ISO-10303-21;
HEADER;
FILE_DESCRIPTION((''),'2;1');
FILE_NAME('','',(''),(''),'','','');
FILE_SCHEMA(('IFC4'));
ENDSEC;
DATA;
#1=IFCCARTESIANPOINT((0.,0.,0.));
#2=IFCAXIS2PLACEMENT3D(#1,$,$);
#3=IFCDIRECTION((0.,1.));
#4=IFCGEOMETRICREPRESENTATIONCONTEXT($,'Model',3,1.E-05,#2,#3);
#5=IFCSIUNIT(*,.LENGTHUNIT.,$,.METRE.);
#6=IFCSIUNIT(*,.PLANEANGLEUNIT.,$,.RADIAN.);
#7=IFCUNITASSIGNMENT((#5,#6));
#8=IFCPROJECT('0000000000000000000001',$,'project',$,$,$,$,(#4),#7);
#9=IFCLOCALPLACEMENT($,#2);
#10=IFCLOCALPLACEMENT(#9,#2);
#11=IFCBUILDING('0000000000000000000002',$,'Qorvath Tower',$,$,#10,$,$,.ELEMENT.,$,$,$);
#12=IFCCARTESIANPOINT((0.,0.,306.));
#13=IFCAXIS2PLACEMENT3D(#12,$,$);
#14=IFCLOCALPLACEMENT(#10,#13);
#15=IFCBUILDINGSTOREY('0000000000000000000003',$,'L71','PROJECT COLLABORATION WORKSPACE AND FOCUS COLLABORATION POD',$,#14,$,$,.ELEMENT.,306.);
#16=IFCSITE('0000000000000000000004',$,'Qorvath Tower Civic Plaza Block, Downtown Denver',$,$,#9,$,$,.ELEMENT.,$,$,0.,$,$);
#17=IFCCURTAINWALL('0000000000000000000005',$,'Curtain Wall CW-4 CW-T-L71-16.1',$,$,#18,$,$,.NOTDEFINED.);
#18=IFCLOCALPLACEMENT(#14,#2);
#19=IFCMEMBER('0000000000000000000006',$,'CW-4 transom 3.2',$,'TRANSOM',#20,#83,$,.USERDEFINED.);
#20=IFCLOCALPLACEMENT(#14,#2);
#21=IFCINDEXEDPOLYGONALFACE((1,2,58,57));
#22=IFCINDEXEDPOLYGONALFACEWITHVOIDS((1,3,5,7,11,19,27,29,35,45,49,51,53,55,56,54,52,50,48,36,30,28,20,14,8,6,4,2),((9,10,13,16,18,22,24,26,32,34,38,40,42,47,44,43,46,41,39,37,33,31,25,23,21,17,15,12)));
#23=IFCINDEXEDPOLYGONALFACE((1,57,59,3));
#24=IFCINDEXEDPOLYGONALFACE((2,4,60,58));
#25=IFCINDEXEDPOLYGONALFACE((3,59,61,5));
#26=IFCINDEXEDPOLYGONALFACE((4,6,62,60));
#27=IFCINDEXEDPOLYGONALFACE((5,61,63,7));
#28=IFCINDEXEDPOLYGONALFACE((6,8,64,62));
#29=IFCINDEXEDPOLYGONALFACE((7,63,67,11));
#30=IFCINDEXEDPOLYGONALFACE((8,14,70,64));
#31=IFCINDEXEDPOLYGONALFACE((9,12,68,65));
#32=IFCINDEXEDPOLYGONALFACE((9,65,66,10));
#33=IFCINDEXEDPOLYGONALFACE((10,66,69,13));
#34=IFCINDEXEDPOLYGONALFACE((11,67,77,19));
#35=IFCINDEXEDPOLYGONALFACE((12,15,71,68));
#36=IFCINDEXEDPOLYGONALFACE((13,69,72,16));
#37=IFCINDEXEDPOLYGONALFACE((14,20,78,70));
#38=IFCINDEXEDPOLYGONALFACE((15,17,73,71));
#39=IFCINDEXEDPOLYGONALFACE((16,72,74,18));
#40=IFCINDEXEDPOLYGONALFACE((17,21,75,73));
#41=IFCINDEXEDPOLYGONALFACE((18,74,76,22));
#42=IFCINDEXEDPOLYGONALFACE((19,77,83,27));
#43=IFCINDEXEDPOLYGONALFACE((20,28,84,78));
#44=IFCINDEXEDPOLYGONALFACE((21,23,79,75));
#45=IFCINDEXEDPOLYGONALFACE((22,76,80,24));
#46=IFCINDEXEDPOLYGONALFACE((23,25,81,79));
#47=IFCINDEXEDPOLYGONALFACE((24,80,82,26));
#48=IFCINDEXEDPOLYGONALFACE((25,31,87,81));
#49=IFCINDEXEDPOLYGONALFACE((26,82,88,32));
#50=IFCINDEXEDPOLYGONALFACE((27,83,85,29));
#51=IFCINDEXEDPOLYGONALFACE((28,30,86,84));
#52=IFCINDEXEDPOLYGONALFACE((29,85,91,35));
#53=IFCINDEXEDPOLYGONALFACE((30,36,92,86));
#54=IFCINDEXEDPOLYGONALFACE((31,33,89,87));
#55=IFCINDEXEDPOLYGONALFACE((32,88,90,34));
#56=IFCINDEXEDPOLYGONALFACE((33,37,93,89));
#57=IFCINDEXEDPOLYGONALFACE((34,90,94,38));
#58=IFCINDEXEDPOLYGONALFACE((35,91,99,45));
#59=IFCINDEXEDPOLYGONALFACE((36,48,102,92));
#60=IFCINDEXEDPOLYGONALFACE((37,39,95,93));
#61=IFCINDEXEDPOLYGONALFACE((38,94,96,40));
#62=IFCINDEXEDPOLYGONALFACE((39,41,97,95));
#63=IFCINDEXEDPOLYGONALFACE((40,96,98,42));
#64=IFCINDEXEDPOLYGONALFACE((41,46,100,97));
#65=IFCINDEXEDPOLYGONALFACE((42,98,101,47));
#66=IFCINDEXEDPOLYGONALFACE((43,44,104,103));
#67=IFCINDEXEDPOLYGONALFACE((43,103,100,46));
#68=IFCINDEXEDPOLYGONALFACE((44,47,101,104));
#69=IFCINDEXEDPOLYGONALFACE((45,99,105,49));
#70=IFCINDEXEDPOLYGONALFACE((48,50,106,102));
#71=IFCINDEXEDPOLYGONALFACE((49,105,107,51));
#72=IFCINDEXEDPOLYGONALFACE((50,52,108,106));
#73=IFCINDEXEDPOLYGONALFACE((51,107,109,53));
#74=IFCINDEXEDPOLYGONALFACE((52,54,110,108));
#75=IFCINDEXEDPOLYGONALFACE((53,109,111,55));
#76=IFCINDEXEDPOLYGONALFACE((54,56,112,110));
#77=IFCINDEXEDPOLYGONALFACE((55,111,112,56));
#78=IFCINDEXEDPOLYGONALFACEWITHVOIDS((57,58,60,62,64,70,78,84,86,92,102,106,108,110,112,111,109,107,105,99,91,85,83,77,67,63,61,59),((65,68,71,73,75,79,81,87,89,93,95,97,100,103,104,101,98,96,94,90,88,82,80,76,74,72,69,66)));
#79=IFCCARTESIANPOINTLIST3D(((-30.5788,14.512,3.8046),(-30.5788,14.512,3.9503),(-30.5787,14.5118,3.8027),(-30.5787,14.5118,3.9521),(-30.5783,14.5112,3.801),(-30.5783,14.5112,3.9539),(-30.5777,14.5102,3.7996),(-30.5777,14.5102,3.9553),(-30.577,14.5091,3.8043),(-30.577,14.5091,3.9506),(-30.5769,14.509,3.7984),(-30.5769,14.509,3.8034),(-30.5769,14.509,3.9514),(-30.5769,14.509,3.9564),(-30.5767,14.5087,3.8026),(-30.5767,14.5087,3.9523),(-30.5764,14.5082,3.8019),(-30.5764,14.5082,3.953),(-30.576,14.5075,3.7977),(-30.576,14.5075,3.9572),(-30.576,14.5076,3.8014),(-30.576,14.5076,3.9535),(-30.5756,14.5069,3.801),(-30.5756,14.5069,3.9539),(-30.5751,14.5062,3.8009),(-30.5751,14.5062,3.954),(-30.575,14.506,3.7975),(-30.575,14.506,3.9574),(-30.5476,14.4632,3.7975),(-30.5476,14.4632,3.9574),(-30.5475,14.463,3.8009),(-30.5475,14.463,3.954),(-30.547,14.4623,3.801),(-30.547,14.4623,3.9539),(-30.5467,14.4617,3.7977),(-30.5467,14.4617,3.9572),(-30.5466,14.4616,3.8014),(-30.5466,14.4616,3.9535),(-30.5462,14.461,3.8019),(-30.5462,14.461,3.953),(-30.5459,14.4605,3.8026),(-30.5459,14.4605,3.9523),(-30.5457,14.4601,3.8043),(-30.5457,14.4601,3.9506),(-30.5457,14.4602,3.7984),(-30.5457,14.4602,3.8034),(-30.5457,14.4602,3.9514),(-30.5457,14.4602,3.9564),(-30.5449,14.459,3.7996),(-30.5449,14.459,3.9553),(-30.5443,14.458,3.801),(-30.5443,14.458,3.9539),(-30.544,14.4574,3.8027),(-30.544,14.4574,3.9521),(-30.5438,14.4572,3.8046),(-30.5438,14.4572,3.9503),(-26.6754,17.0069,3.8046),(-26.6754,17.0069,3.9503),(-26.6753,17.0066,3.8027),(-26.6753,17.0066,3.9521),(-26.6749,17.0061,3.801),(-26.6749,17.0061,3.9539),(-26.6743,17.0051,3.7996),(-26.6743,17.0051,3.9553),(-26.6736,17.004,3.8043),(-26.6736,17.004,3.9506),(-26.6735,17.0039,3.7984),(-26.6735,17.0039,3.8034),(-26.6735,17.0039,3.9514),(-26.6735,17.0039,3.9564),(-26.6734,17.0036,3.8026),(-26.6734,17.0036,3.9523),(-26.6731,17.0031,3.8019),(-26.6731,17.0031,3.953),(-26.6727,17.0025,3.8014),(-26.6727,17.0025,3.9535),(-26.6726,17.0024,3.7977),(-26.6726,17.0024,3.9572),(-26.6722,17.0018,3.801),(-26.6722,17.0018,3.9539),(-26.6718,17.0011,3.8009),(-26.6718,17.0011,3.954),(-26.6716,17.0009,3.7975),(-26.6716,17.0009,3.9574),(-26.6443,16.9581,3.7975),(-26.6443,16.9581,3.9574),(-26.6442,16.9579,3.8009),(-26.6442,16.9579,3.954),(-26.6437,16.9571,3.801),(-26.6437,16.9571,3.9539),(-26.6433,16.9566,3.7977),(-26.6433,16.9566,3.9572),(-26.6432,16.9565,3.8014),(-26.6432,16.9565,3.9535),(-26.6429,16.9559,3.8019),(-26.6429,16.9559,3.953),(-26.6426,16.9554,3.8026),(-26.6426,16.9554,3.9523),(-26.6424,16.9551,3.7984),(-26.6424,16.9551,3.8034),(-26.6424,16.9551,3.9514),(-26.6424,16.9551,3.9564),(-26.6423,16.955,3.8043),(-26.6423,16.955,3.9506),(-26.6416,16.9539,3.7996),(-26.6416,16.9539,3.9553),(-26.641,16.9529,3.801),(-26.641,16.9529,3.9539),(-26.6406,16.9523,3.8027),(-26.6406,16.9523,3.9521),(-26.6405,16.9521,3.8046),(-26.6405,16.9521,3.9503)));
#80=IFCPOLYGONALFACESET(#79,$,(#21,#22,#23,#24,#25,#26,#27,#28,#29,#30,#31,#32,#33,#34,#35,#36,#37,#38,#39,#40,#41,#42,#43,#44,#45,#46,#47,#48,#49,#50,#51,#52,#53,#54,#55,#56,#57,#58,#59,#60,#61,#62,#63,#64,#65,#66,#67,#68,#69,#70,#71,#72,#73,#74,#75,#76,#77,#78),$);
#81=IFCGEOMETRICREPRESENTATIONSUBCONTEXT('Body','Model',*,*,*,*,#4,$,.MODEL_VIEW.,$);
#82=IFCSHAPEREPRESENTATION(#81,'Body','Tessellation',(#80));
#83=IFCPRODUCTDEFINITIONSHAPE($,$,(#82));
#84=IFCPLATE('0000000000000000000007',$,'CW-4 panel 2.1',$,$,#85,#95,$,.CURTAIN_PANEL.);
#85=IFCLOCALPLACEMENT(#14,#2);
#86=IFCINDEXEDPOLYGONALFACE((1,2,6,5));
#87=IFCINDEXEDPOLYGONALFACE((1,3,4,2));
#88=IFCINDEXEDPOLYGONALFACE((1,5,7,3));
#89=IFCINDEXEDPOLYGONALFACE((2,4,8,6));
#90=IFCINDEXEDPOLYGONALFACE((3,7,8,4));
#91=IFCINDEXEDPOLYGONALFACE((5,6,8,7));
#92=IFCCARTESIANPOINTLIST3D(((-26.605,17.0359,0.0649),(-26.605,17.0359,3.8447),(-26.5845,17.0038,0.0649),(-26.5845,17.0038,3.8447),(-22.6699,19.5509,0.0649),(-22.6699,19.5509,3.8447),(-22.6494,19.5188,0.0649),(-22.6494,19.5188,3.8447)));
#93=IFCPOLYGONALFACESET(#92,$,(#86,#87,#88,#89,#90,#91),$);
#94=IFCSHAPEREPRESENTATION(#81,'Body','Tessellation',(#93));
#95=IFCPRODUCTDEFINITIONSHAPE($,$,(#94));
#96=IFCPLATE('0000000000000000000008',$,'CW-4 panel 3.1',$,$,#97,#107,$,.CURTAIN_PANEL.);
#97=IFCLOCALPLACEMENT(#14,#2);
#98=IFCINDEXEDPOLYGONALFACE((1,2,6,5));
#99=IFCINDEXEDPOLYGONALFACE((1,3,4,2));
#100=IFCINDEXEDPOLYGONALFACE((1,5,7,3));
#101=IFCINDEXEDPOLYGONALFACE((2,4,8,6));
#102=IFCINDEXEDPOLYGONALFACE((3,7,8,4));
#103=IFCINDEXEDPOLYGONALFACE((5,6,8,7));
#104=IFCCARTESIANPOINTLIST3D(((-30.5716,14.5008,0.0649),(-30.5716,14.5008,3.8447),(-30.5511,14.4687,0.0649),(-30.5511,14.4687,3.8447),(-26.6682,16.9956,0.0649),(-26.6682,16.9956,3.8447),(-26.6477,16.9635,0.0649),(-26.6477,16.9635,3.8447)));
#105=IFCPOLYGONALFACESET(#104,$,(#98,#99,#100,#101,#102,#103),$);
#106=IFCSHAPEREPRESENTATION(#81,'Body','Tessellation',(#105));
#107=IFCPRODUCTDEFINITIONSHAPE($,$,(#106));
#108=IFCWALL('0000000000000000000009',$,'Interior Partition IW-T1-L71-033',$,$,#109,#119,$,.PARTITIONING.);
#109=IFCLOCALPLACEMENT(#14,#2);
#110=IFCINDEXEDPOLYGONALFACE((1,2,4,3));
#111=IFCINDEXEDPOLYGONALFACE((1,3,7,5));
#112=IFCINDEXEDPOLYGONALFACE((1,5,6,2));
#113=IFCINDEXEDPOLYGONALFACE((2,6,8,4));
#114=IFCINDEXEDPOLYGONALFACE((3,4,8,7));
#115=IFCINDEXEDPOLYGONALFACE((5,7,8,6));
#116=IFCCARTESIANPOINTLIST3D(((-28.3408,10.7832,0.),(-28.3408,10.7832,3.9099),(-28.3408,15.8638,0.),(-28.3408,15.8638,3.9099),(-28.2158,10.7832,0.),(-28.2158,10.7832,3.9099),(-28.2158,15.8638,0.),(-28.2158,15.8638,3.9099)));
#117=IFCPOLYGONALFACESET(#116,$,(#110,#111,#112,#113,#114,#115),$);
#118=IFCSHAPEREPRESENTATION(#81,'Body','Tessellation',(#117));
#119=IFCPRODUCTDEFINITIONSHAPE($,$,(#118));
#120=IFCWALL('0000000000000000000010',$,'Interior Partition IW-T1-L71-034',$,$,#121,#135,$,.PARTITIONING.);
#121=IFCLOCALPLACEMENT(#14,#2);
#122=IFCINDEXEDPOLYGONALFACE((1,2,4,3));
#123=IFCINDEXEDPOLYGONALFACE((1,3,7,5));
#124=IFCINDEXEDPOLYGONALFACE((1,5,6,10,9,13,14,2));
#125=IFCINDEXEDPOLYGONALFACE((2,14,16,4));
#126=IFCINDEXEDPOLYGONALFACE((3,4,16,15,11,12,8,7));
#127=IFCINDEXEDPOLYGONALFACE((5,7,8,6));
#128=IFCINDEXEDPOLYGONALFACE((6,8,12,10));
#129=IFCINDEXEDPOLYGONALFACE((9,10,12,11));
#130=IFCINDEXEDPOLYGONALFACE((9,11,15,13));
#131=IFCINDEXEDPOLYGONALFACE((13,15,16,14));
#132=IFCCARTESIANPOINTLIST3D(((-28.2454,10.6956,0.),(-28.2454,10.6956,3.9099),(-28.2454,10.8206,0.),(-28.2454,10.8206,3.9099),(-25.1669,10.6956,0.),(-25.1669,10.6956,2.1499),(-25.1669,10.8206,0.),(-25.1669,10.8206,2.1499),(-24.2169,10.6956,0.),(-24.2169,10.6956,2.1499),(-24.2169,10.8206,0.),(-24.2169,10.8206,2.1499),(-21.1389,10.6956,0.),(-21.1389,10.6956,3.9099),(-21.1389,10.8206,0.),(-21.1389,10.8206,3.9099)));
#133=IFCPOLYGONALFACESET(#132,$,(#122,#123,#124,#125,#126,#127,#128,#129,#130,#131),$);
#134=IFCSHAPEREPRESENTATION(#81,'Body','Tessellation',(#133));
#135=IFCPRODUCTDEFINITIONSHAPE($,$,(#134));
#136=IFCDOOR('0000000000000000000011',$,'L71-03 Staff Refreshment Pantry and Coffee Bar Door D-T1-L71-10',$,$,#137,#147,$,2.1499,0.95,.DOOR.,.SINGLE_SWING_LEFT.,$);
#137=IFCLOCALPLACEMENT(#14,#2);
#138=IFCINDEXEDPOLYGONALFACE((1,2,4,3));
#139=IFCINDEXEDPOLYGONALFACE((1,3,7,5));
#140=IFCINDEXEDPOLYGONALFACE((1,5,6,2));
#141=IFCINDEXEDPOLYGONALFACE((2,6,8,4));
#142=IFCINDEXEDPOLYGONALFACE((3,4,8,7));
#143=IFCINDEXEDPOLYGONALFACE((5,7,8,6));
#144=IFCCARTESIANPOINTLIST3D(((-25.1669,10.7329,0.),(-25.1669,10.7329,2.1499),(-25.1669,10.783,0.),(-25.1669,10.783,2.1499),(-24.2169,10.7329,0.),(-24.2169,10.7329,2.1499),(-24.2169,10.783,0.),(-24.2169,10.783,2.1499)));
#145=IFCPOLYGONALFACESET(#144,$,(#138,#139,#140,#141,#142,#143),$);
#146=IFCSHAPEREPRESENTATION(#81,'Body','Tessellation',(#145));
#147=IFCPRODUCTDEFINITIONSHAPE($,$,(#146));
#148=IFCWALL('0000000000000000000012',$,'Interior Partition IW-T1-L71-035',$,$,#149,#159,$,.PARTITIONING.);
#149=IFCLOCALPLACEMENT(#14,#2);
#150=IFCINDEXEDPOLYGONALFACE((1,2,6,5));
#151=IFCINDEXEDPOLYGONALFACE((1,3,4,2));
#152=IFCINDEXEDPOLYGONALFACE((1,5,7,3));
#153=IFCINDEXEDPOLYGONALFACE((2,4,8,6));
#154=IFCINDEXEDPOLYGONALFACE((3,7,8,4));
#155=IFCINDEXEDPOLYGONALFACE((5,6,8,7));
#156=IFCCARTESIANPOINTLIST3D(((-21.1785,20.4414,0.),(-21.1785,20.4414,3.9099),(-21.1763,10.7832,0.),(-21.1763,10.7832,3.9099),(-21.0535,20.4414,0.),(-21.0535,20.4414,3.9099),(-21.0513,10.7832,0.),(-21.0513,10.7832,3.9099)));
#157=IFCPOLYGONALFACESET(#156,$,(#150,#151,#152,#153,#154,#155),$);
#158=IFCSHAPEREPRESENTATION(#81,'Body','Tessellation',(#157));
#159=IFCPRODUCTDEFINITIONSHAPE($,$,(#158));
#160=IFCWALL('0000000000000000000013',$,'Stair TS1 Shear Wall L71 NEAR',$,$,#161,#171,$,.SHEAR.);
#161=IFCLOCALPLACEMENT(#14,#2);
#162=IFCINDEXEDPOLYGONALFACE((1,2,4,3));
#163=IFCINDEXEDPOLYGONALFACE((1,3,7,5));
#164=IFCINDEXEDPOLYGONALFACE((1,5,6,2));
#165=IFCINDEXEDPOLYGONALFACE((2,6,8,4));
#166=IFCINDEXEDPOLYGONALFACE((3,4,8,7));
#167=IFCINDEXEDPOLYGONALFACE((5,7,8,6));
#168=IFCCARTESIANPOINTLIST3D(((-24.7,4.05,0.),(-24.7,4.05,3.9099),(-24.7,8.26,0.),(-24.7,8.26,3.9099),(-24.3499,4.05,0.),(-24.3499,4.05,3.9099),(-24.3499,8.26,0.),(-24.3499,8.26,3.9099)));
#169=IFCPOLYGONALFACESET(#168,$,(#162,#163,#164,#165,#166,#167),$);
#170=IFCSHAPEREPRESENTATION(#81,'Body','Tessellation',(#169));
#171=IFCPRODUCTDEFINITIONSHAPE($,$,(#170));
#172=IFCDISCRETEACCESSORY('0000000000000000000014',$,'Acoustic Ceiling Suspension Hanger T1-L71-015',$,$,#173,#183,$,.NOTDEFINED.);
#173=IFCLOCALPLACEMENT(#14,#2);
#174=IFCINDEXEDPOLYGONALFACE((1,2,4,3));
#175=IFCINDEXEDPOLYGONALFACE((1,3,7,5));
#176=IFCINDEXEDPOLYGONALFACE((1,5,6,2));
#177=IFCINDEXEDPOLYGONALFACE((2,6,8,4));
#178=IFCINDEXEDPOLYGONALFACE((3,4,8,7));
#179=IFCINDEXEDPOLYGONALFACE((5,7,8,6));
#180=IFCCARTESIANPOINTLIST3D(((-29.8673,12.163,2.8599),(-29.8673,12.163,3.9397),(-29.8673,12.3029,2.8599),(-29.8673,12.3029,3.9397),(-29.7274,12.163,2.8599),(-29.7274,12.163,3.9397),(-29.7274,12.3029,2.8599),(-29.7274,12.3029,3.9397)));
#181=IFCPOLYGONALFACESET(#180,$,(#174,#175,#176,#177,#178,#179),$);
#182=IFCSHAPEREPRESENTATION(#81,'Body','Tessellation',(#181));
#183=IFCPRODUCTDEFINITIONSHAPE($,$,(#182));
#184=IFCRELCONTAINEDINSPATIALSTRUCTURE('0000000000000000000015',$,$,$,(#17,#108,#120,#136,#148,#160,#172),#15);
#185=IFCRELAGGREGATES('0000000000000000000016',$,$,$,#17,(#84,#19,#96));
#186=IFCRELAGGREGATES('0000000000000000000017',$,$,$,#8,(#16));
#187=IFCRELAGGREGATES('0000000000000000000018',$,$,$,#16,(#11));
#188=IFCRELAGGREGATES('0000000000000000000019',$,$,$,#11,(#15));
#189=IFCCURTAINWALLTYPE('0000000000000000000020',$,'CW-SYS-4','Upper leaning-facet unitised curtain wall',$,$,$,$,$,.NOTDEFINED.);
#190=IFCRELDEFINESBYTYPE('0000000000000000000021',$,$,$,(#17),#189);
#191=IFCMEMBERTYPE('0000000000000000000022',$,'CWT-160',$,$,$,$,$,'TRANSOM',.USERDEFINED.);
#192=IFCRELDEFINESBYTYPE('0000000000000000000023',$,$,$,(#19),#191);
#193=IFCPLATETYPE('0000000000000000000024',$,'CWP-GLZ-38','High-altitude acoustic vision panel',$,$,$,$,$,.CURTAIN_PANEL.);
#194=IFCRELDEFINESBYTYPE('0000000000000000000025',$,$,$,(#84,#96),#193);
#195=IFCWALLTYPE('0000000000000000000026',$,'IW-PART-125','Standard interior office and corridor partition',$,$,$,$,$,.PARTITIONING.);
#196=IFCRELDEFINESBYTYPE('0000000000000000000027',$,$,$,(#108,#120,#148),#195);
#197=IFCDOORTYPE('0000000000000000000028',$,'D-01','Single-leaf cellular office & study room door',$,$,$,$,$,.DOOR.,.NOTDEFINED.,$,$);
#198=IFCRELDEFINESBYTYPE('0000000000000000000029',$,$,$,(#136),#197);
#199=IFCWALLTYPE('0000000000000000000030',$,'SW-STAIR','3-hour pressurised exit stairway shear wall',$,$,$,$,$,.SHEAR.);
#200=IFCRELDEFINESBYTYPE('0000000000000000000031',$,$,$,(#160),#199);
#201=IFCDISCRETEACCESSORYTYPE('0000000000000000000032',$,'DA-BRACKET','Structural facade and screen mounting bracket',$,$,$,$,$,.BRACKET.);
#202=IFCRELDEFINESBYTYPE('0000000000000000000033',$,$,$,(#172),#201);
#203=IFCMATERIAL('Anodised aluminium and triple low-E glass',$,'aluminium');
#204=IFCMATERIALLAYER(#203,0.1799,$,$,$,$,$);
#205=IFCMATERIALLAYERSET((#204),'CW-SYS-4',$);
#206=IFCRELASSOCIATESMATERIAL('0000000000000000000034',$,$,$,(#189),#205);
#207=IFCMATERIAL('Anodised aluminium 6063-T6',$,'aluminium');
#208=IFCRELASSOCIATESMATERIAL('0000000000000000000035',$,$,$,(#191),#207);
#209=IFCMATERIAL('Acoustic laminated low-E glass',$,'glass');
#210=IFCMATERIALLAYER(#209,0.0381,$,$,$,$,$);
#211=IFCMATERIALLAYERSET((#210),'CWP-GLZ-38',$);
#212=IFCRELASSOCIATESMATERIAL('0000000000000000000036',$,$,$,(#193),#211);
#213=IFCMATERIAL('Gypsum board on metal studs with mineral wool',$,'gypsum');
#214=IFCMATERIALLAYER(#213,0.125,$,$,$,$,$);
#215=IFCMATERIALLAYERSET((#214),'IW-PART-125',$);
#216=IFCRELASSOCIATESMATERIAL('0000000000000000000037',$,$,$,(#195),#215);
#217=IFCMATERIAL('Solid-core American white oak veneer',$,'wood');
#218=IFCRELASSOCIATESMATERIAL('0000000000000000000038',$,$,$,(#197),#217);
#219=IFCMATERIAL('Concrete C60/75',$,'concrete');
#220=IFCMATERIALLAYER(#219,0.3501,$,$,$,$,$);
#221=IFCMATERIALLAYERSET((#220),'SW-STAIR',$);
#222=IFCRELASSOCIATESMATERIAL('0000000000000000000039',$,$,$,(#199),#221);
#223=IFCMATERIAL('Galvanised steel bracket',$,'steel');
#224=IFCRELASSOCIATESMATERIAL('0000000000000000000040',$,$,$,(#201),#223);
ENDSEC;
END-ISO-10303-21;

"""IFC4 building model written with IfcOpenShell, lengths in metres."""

from ifc_helpers import new_model, si_unit, direction, frame, frame_2d, origin, origin_2d, place, context, subcontext, project, spatial, rectangle, hollow_rectangle, extrude, material, layer, layer_set, material_profile, profile_set, type_object, element, fill, aggregate, save


model = new_model("IFC4")

# Units and contexts
model_context = context("Model", 3, precision=1e-05, world=origin(), true_north=direction((0.0, 1.0)))
body_context = subcontext(model_context, "Body", "Model", "MODEL_VIEW")
ifc_project = project(units=[si_unit("LENGTHUNIT", "METRE"), si_unit("PLANEANGLEUNIT", "RADIAN")], contexts=[model_context])

# Site, building, storey
site_placement = place(None, origin())
site = spatial("IfcSite", under=ifc_project, at=site_placement, Name="Qorvath Tower Civic Plaza Block, Downtown Denver", CompositionType="ELEMENT", RefElevation=0.0)
building_placement = place(site_placement, origin())
building = spatial("IfcBuilding", under=site, at=building_placement, Name="Qorvath Tower", CompositionType="ELEMENT")
storey_placement = place(building_placement, frame((0.0, 0.0, 306.0)))
storey = spatial("IfcBuildingStorey", under=building, at=storey_placement, Name="L71", Description="PROJECT COLLABORATION WORKSPACE AND FOCUS COLLABORATION POD", CompositionType="ELEMENT", Elevation=306.0)

# Curtain wall, member, plates
ifc_material_1 = material(Name="Anodised aluminium and triple low-E glass", Category="aluminium")
ifc_layer_1 = layer(ifc_material_1, 0.1799)
ifc_layer_set_1 = layer_set([ifc_layer_1], Name="CW-SYS-4")
curtain_wall_type = type_object("IfcCurtainWallType", Name="CW-SYS-4", Description="Upper leaning-facet unitised curtain wall", PredefinedType="NOTDEFINED", material=ifc_layer_set_1)
curtain_wall_placement = place(storey_placement, origin())
curtain_wall = element("IfcCurtainWall", 1, at=curtain_wall_placement, inside=storey, type_object=curtain_wall_type, Name="Curtain Wall CW-4 CW-T-L71-16.1", PredefinedType="NOTDEFINED")
ifc_material_2 = material(Name="Anodised aluminium 6063-T6", Category="aluminium")
ifc_material_profile_1 = material_profile(ifc_material_2, hollow_rectangle(XDim=0.0649, YDim=0.1599, WallThickness=0.0034, InnerFilletRadius=0.0034, OuterFilletRadius=0.0071, at=origin_2d()), Name="CWT 160x65")
ifc_profile_set_1 = profile_set([ifc_material_profile_1], Name="Anodised aluminium 6063-T6")
member_type_1 = type_object("IfcMemberType", Name="CWT-160", ElementType="TRANSOM", PredefinedType="USERDEFINED", material=ifc_profile_set_1)
member_1_placement = place(storey_placement, frame((-26.658, 16.9795, 3.8774), z_axis=(-0.84259, -0.538556, 0.0), x_axis=(0.538556, -0.84259, 0.0)))
member_1 = element("IfcMember", 2, at=member_1_placement, type_object=member_type_1, Name="CW-4 transom 3.2", ObjectType="TRANSOM", PredefinedType="USERDEFINED", context=body_context, shape_type="SweptSolid", body=[
    extrude(hollow_rectangle(XDim=0.0649, YDim=0.1599, WallThickness=0.0034, InnerFilletRadius=0.0034, OuterFilletRadius=0.0071, at=origin_2d()), origin(), (0.0, 0.0, 1.0), 4.6326),
])
ifc_material_3 = material(Name="Acoustic laminated low-E glass", Category="glass")
ifc_layer_2 = layer(ifc_material_3, 0.0381)
ifc_layer_set_2 = layer_set([ifc_layer_2], Name="CWP-GLZ-38")
plate_type = type_object("IfcPlateType", Name="CWP-GLZ-38", Description="High-altitude acoustic vision panel", PredefinedType="CURTAIN_PANEL", material=ifc_layer_set_2)
plate_1_placement = place(storey_placement, frame((-24.6272, 18.2773, 0.0649), z_axis=(0.0, 0.0, 1.0), x_axis=(-0.842604, -0.538533, 0.0)))
plate_1 = element("IfcPlate", 3, at=plate_1_placement, type_object=plate_type, Name="CW-4 panel 2.1", PredefinedType="CURTAIN_PANEL", context=body_context, shape_type="SweptSolid", body=[
    extrude(rectangle(XDim=4.6702, YDim=0.0381, at=origin_2d()), origin(), (0.0, 0.0, 1.0), 3.7798),
])
plate_2_placement = place(storey_placement, frame((-28.6096, 15.7322, 0.0649), z_axis=(0.0, 0.0, 1.0), x_axis=(-0.842604, -0.538533, 0.0)))
plate_2 = element("IfcPlate", 4, at=plate_2_placement, type_object=plate_type, Name="CW-4 panel 3.1", PredefinedType="CURTAIN_PANEL", context=body_context, shape_type="SweptSolid", body=[
    extrude(rectangle(XDim=4.6326, YDim=0.0381, at=origin_2d()), origin(), (0.0, 0.0, 1.0), 3.7798),
])
aggregate(curtain_wall, [plate_1, member_1, plate_2])

# Wall
ifc_material_4 = material(Name="Gypsum board on metal studs with mineral wool", Category="gypsum")
ifc_layer_3 = layer(ifc_material_4, 0.125)
ifc_layer_set_3 = layer_set([ifc_layer_3], Name="IW-PART-125")
wall_type_1 = type_object("IfcWallType", Name="IW-PART-125", Description="Standard interior office and corridor partition", PredefinedType="PARTITIONING", material=ifc_layer_set_3)
wall_1_placement = place(storey_placement, frame((-28.2783, 10.7832, 0.0), z_axis=(0.0, 0.0, 1.0), x_axis=(0.0, 1.0, 0.0)))
element("IfcWall", 5, at=wall_1_placement, inside=storey, type_object=wall_type_1, Name="Interior Partition IW-T1-L71-033", PredefinedType="PARTITIONING", context=body_context, shape_type="SweptSolid", body=[
    extrude(rectangle(XDim=5.0806, YDim=0.125, at=frame_2d((2.5403, 0.0))), origin(), (0.0, 0.0, 1.0), 3.9099),
])

# Wall, opening, door
wall_2_placement = place(storey_placement, frame((-28.2454, 10.7581, 0.0), z_axis=(0.0, 0.0, 1.0), x_axis=(1.0, 0.0, 0.0)))
wall_2 = element("IfcWall", 6, at=wall_2_placement, inside=storey, type_object=wall_type_1, Name="Interior Partition IW-T1-L71-034", PredefinedType="PARTITIONING", context=body_context, shape_type="SweptSolid", body=[
    extrude(rectangle(XDim=7.1064, YDim=0.125, at=frame_2d((3.5532, 0.0))), origin(), (0.0, 0.0, 1.0), 3.9099),
])
opening_1_placement = place(wall_2_placement, frame((3.0784, 0.0, 0.0)))
opening_1 = element("IfcOpeningElement", 7, at=opening_1_placement, cuts=wall_2, PredefinedType="OPENING", context=body_context, shape_type="SweptSolid", body=[
    extrude(rectangle(XDim=0.95, YDim=2.1499, at=frame_2d((0.4751, 1.075))), frame((0.0, 0.0725, 0.0), z_axis=(0.0, -1.0, 0.0), x_axis=(1.0, 0.0, 0.0)), (0.0, 0.0, 1.0), 0.145),
])
ifc_material_5 = material(Name="Solid-core American white oak veneer", Category="wood")
door_type_1 = type_object("IfcDoorType", Name="D-01", Description="Single-leaf cellular office & study room door", OperationType="NOTDEFINED", PredefinedType="DOOR", material=ifc_material_5)
door_1_placement = place(opening_1_placement, origin())
door_1 = element("IfcDoor", 8, at=door_1_placement, inside=storey, type_object=door_type_1, Name="L71-03 Staff Refreshment Pantry and Coffee Bar Door D-T1-L71-10", OperationType="SINGLE_SWING_LEFT", OverallHeight=2.1499, OverallWidth=0.95, PredefinedType="DOOR", context=body_context, shape_type="SweptSolid", body=[
    extrude(rectangle(XDim=0.95, YDim=2.1499, at=frame_2d((0.4751, 1.075))), frame((0.0, 0.0249, 0.0), z_axis=(0.0, -1.0, 0.0), x_axis=(1.0, 0.0, 0.0)), (0.0, 0.0, 1.0), 0.05),
])
fill(opening_1, door_1)

# Walls
wall_3_placement = place(storey_placement, frame((-21.1138, 10.7832, 0.0), z_axis=(0.0, 0.0, 1.0), x_axis=(-0.000228, 1.0, 0.0)))
element("IfcWall", 9, at=wall_3_placement, inside=storey, type_object=wall_type_1, Name="Interior Partition IW-T1-L71-035", PredefinedType="PARTITIONING", context=body_context, shape_type="SweptSolid", body=[
    extrude(rectangle(XDim=9.6582, YDim=0.125, at=frame_2d((4.8291, 0.0))), origin(), (0.0, 0.0, 1.0), 3.9099),
])
ifc_material_6 = material(Name="Concrete C60/75", Category="concrete")
ifc_layer_4 = layer(ifc_material_6, 0.3501)
ifc_layer_set_4 = layer_set([ifc_layer_4], Name="SW-STAIR")
wall_type_2 = type_object("IfcWallType", Name="SW-STAIR", Description="3-hour pressurised exit stairway shear wall", PredefinedType="SHEAR", material=ifc_layer_set_4)
wall_4_placement = place(storey_placement, frame((-24.5249, 8.26, 0.0), z_axis=(0.0, 0.0, 1.0), x_axis=(0.0, -1.0, 0.0)))
element("IfcWall", 10, at=wall_4_placement, inside=storey, type_object=wall_type_2, Name="Stair TS1 Shear Wall L71 NEAR", PredefinedType="SHEAR", context=body_context, shape_type="SweptSolid", body=[
    extrude(rectangle(XDim=4.21, YDim=0.3501, at=frame_2d((2.105, 0.0))), origin(), (0.0, 0.0, 1.0), 3.9099),
])

# Discrete accessory
ifc_material_7 = material(Name="Galvanised steel bracket", Category="steel")
discrete_accessory_type = type_object("IfcDiscreteAccessoryType", Name="DA-BRACKET", Description="Structural facade and screen mounting bracket", PredefinedType="BRACKET", material=ifc_material_7)
for number, where, z_axis, x_axis, name in (
    (11, (-29.7974, 12.2329, 2.8599), (0.0, 0.0, 1.0), (1.0, 0.0, 0.0), "Acoustic Ceiling Suspension Hanger T1-L71-015"),
):
    element("IfcDiscreteAccessory", number, at=place(storey_placement, frame(where, z_axis=z_axis, x_axis=x_axis)), inside=storey, type_object=discrete_accessory_type, Name=name, PredefinedType="NOTDEFINED", context=body_context, shape_type="SweptSolid", body=[
        extrude(rectangle(XDim=0.1399, YDim=0.1399, at=origin_2d()), origin(), (0.0, 0.0, 1.0), 1.0798),
    ])

save(model, "model.ifc")
